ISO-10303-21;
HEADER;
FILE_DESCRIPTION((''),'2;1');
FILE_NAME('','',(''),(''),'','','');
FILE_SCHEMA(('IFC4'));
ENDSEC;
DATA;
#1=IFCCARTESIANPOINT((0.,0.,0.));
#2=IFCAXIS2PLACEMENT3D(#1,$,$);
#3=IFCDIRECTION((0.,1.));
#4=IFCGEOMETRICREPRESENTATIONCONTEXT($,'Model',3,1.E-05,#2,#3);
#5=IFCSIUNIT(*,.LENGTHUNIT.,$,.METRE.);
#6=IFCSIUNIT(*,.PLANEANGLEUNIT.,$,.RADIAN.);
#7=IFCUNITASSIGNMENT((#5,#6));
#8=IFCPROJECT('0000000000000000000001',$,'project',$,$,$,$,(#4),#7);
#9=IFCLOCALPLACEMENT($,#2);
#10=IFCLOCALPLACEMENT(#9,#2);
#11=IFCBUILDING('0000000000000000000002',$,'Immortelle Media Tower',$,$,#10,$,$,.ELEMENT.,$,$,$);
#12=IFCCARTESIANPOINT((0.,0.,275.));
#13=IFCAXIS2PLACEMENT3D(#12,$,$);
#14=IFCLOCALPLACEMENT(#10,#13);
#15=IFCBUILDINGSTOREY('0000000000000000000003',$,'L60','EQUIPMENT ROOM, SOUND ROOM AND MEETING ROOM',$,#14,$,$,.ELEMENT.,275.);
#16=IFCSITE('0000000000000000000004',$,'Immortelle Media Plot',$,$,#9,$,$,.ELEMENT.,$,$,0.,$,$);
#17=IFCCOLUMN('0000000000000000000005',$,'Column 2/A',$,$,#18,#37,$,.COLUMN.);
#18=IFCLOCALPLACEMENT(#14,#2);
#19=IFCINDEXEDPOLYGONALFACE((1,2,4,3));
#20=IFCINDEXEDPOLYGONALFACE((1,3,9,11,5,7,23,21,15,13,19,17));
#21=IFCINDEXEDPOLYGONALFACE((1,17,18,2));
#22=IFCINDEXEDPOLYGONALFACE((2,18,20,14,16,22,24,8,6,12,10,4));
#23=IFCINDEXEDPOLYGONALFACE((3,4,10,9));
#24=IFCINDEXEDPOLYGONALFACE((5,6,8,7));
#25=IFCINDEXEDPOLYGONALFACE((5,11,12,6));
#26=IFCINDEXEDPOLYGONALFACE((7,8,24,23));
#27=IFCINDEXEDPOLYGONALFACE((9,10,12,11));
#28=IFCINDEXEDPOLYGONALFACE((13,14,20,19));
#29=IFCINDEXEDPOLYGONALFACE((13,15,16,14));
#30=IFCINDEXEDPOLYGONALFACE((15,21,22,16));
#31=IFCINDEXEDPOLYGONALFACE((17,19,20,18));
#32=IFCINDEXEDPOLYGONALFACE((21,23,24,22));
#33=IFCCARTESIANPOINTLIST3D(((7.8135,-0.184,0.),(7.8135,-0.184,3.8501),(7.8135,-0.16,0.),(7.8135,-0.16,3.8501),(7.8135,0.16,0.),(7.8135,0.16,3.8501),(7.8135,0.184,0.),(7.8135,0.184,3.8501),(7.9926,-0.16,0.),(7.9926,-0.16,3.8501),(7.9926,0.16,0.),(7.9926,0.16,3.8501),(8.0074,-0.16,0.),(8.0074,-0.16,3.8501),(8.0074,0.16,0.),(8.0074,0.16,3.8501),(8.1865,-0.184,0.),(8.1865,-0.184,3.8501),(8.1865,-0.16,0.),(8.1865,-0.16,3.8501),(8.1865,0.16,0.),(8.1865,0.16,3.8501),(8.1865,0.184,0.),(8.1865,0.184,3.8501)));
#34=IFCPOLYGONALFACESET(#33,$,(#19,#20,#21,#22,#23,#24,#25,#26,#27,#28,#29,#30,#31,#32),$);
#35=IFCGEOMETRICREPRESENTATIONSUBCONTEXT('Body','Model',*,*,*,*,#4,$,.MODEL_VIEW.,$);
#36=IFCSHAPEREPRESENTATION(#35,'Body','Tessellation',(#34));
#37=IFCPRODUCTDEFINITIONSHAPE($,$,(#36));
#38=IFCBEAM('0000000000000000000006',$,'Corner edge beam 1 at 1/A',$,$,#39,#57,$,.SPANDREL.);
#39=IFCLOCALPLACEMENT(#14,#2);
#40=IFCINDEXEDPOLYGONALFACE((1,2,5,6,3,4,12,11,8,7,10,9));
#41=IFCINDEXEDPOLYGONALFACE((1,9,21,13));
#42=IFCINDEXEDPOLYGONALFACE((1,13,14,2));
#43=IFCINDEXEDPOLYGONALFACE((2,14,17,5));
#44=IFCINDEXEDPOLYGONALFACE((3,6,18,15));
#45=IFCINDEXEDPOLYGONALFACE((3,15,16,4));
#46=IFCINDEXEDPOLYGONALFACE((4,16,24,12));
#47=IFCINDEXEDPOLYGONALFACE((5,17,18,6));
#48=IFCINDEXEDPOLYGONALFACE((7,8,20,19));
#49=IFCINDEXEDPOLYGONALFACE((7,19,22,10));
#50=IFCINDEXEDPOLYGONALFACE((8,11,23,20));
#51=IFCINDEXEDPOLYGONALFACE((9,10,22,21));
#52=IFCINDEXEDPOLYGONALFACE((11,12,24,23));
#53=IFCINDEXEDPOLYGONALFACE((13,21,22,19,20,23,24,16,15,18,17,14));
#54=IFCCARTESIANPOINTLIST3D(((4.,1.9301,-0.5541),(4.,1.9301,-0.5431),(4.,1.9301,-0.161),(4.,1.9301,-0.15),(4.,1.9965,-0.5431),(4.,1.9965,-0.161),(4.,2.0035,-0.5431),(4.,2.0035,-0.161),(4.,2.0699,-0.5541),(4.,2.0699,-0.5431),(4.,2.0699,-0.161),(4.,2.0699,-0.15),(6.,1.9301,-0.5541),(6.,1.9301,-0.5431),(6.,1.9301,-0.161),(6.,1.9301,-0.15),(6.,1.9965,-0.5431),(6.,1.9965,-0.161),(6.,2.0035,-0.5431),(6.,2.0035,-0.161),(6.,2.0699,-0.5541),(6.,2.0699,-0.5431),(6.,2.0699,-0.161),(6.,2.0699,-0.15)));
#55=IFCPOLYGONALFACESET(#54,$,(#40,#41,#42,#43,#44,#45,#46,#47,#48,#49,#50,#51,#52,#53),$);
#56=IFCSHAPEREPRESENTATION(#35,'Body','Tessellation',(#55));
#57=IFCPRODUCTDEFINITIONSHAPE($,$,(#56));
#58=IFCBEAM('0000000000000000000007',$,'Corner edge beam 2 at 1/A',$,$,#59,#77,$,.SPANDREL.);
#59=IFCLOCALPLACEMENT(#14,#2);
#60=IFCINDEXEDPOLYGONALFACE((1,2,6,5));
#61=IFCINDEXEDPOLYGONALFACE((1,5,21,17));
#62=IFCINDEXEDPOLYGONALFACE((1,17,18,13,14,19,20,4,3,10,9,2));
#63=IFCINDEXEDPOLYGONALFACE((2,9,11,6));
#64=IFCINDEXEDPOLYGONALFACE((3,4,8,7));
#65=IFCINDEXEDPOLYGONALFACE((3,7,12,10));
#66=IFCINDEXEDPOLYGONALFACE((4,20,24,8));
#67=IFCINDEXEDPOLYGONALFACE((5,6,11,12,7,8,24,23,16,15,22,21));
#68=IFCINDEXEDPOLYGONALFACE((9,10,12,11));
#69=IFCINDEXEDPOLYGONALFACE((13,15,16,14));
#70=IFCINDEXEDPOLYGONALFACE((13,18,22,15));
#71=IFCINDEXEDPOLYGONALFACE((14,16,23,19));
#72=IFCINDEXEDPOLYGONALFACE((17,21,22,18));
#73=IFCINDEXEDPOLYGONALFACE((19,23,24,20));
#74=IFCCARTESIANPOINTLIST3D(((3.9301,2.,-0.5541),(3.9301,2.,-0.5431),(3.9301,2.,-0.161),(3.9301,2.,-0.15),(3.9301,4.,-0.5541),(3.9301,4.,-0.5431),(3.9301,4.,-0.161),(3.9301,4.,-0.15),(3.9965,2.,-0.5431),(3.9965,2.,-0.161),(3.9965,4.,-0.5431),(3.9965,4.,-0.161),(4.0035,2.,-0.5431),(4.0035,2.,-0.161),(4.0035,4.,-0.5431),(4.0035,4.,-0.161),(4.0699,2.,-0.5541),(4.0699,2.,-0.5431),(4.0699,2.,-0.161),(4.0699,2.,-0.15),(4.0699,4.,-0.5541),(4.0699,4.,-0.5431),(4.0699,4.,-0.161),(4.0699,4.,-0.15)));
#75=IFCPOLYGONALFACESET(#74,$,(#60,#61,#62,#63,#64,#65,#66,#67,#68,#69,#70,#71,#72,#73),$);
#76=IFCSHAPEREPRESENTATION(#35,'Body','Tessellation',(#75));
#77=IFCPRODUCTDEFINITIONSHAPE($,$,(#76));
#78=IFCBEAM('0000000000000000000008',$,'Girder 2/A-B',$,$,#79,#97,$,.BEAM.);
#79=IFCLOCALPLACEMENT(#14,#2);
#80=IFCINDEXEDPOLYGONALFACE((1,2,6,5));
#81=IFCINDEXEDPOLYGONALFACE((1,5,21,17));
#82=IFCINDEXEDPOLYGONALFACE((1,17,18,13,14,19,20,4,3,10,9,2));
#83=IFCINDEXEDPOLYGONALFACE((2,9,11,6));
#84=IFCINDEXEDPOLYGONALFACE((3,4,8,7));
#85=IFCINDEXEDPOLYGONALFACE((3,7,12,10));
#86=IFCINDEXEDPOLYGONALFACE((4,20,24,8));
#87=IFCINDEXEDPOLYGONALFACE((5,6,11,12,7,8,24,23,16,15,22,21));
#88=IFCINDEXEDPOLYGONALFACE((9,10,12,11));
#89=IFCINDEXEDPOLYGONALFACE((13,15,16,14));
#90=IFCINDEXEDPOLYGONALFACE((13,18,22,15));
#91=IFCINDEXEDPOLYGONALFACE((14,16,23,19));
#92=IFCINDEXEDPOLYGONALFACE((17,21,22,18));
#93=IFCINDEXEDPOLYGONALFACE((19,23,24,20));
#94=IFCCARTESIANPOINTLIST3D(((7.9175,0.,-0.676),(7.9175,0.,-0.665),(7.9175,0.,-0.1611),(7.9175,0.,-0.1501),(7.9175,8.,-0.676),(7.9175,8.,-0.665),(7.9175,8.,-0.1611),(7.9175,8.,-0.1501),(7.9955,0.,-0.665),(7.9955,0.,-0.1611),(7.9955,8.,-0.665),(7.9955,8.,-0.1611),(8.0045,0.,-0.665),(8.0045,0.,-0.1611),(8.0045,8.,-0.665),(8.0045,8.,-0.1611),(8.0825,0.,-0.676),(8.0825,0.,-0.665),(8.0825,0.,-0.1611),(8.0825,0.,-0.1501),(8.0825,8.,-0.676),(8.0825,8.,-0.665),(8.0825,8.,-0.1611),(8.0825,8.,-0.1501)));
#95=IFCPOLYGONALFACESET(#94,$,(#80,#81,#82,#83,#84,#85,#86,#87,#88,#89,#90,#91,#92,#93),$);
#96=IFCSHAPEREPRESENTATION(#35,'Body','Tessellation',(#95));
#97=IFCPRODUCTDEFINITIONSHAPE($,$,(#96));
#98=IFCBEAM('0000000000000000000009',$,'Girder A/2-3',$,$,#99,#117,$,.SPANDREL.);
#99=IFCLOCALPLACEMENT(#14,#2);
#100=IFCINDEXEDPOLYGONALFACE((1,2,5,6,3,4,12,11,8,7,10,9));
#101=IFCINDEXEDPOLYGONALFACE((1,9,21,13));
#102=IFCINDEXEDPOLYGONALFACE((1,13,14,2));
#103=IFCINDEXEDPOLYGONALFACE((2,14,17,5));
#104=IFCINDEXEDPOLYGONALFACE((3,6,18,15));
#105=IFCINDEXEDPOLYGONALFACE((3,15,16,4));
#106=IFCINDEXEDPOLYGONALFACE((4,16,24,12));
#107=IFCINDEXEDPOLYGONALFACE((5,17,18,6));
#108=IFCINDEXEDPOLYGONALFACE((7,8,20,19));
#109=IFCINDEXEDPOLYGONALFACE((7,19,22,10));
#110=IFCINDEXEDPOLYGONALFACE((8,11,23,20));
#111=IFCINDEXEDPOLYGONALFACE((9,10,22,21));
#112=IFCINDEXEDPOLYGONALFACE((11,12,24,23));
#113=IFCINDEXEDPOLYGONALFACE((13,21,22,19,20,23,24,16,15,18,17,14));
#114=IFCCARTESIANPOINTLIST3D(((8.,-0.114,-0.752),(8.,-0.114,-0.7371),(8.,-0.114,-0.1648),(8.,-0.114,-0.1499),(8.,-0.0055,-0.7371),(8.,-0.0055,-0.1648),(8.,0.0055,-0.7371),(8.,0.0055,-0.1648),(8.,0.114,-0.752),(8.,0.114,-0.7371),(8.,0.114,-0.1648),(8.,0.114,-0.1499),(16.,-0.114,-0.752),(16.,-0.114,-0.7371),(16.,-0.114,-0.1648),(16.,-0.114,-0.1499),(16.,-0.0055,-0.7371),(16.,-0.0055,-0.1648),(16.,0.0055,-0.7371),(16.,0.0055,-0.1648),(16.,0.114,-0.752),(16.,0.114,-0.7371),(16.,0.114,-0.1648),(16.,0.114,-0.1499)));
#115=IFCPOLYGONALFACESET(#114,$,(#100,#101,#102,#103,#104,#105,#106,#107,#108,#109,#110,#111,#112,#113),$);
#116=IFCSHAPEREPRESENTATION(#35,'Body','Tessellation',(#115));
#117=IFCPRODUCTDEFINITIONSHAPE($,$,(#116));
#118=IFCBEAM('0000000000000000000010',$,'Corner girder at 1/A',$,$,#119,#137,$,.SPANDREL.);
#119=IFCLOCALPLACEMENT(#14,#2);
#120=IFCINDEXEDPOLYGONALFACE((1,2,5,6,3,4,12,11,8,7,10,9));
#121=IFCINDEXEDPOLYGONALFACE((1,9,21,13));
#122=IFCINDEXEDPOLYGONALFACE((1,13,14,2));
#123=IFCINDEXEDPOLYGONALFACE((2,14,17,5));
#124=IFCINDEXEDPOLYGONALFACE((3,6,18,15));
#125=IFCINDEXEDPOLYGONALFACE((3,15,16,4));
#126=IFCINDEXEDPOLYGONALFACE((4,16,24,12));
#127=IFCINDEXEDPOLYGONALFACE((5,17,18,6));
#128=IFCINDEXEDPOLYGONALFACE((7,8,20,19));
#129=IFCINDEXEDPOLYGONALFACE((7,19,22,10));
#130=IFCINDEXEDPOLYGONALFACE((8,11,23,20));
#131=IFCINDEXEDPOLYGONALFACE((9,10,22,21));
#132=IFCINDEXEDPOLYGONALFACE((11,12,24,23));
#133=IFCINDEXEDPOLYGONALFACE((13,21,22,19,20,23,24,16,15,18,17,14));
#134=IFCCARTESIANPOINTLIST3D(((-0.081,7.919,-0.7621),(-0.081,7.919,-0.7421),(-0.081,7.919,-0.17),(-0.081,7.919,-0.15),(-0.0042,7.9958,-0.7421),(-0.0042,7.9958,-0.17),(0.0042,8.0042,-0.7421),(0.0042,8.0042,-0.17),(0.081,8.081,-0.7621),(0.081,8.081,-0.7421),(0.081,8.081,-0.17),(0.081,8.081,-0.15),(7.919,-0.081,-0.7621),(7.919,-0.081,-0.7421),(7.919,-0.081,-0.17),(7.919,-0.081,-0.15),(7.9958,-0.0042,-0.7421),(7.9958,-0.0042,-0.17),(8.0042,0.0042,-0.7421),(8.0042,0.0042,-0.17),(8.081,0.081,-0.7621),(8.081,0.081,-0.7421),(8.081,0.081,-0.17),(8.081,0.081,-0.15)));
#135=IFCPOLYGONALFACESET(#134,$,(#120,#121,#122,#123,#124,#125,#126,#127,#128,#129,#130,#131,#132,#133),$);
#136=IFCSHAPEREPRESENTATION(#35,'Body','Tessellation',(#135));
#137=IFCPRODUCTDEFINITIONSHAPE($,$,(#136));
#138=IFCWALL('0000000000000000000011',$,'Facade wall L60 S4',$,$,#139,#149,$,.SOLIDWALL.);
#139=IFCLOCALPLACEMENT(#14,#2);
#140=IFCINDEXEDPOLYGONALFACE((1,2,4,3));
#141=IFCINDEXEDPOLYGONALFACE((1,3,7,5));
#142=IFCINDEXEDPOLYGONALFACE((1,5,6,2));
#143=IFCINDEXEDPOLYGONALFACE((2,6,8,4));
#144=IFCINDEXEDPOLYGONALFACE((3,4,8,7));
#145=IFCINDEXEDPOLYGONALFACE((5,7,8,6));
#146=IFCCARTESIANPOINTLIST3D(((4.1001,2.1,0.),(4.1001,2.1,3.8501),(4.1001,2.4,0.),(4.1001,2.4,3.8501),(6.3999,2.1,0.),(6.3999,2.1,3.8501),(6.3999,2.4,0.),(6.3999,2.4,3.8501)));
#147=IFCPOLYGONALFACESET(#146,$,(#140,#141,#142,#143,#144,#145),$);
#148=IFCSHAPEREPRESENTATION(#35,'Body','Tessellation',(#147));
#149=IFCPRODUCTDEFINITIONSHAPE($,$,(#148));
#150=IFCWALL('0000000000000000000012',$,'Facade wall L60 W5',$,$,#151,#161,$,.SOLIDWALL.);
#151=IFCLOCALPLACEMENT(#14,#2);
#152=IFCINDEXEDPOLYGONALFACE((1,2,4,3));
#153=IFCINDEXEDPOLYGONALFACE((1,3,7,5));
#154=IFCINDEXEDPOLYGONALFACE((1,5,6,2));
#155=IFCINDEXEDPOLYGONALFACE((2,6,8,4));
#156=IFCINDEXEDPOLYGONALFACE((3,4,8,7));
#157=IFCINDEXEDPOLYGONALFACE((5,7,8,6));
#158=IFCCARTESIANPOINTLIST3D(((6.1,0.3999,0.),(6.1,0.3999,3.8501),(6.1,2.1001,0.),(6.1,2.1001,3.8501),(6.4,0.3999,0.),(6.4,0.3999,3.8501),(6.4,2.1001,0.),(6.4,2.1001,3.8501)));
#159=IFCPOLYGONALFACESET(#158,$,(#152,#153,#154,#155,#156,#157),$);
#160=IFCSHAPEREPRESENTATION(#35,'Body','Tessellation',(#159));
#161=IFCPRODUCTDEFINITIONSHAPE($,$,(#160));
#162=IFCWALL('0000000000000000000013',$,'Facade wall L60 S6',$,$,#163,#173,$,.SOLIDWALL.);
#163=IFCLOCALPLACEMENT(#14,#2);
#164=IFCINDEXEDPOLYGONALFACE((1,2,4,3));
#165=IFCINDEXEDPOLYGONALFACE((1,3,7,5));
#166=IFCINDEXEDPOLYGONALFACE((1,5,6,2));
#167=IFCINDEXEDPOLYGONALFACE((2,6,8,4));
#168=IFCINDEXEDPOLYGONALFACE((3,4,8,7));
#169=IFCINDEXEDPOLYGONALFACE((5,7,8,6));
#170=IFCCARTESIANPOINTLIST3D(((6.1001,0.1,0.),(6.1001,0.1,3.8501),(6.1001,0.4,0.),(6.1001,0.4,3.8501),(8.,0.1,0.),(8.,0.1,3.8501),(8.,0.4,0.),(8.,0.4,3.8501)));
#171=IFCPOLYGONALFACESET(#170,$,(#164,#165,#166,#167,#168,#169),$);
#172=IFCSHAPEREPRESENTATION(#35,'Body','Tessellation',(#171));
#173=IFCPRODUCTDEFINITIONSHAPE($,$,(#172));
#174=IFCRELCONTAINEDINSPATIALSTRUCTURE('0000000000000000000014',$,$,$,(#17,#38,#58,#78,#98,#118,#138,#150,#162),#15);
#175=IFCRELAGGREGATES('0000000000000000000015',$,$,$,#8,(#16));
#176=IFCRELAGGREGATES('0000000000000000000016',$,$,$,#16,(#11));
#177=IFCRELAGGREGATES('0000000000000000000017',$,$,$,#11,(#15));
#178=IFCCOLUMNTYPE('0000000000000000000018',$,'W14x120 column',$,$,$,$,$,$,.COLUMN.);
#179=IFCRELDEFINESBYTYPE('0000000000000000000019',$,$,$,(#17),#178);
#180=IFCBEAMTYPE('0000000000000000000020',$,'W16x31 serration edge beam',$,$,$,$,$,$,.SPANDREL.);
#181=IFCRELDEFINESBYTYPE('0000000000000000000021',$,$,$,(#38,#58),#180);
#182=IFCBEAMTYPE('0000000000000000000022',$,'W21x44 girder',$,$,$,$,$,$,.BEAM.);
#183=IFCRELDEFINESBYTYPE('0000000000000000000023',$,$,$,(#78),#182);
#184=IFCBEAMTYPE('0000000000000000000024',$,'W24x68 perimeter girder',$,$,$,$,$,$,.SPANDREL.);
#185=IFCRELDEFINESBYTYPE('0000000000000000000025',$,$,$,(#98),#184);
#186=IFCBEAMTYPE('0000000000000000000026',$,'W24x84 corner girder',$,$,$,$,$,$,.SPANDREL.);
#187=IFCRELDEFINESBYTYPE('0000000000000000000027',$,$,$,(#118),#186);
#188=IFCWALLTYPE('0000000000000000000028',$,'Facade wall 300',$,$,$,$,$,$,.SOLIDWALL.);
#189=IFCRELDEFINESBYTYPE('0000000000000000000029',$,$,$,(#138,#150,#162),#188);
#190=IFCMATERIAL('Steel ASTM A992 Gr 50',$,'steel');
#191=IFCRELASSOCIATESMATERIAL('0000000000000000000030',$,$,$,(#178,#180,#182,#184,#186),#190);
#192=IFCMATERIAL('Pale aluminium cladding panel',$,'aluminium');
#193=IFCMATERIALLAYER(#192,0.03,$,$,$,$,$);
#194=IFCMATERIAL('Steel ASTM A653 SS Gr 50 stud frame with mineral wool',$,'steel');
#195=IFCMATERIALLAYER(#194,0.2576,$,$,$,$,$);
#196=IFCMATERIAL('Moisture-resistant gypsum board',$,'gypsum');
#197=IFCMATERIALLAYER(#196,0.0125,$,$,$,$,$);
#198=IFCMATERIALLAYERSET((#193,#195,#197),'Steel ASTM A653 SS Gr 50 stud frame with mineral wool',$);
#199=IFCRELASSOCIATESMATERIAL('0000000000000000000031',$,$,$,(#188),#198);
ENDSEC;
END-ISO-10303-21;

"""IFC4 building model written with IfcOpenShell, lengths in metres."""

from ifc_helpers import new_model, si_unit, direction, frame, frame_2d, origin, origin_2d, place, context, subcontext, project, spatial, rectangle, i_section, extrude, material, layer, layer_set, material_profile, profile_set, type_object, element, save


model = new_model("IFC4")

# Units and contexts
model_context = context("Model", 3, precision=1e-05, world=origin(), true_north=direction((0.0, 1.0)))
body_context = subcontext(model_context, "Body", "Model", "MODEL_VIEW")
ifc_project = project(units=[si_unit("LENGTHUNIT", "METRE"), si_unit("PLANEANGLEUNIT", "RADIAN")], contexts=[model_context])

# Site, building, storey
site_placement = place(None, origin())
site = spatial("IfcSite", under=ifc_project, at=site_placement, Name="Immortelle Media Plot", CompositionType="ELEMENT", RefElevation=0.0)
building_placement = place(site_placement, origin())
building = spatial("IfcBuilding", under=site, at=building_placement, Name="Immortelle Media Tower", CompositionType="ELEMENT")
storey_placement = place(building_placement, frame((0.0, 0.0, 275.0)))
storey = spatial("IfcBuildingStorey", under=building, at=storey_placement, Name="L60", Description="EQUIPMENT ROOM, SOUND ROOM AND MEETING ROOM", CompositionType="ELEMENT", Elevation=275.0)

# Column
ifc_material_1 = material(Name="Steel ASTM A992 Gr 50", Category="steel")
ifc_material_profile_1 = material_profile(ifc_material_1, i_section(OverallWidth=0.373, OverallDepth=0.3679, WebThickness=0.0149, FlangeThickness=0.0239, at=origin_2d()), Name="W14x120")
ifc_profile_set_1 = profile_set([ifc_material_profile_1], Name="Steel ASTM A992 Gr 50")
column_type = type_object("IfcColumnType", Name="W14x120 column", PredefinedType="COLUMN", material=ifc_profile_set_1)
column_placement = place(storey_placement, frame((8.0, 0.0, 0.0), z_axis=(0.0, 0.0, 1.0), x_axis=(1.0, 0.0, 0.0)))
element("IfcColumn", 1, at=column_placement, inside=storey, type_object=column_type, Name="Column 2/A", PredefinedType="COLUMN", context=body_context, shape_type="SweptSolid", body=[
    extrude(i_section(OverallWidth=0.373, OverallDepth=0.3679, WebThickness=0.0149, FlangeThickness=0.0239, at=origin_2d()), origin(), (0.0, 0.0, 1.0), 3.8501),
])

# Beams
ifc_material_profile_2 = material_profile(ifc_material_1, i_section(OverallWidth=0.1399, OverallDepth=0.4041, WebThickness=0.0071, FlangeThickness=0.011, at=origin_2d()), Name="W16x31")
ifc_profile_set_2 = profile_set([ifc_material_profile_2], Name="Steel ASTM A992 Gr 50")
beam_type_1 = type_object("IfcBeamType", Name="W16x31 serration edge beam", PredefinedType="SPANDREL", material=ifc_profile_set_2)
for number, where, z_axis, x_axis, name in (
    (2, (6.0, 2.0, -0.3521), (-1.0, 0.0, 0.0), (0.0, -1.0, 0.0), "Corner edge beam 1 at 1/A"),
    (3, (4.0, 2.0, -0.3521), (0.0, 1.0, 0.0), (-1.0, 0.0, 0.0), "Corner edge beam 2 at 1/A"),
):
    element("IfcBeam", number, at=place(storey_placement, frame(where, z_axis=z_axis, x_axis=x_axis)), inside=storey, type_object=beam_type_1, Name=name, PredefinedType="SPANDREL", context=body_context, shape_type="SweptSolid", body=[
        extrude(i_section(OverallWidth=0.1399, OverallDepth=0.4041, WebThickness=0.0071, FlangeThickness=0.011, at=origin_2d()), origin(), (0.0, 0.0, 1.0), 2.0),
    ])
ifc_material_profile_3 = material_profile(ifc_material_1, i_section(OverallWidth=0.165, OverallDepth=0.5259, WebThickness=0.009, FlangeThickness=0.011, at=origin_2d()), Name="W21x44")
ifc_profile_set_3 = profile_set([ifc_material_profile_3], Name="Steel ASTM A992 Gr 50")
beam_type_2 = type_object("IfcBeamType", Name="W21x44 girder", PredefinedType="BEAM", material=ifc_profile_set_3)
beam_1_placement = place(storey_placement, frame((8.0, 0.0, -0.4131), z_axis=(0.0, 1.0, 0.0), x_axis=(-1.0, 0.0, 0.0)))
element("IfcBeam", 4, at=beam_1_placement, inside=storey, type_object=beam_type_2, Name="Girder 2/A-B", PredefinedType="BEAM", context=body_context, shape_type="SweptSolid", body=[
    extrude(i_section(OverallWidth=0.165, OverallDepth=0.5259, WebThickness=0.009, FlangeThickness=0.011, at=origin_2d()), origin(), (0.0, 0.0, 1.0), 8.0),
])
ifc_material_profile_4 = material_profile(ifc_material_1, i_section(OverallWidth=0.228, OverallDepth=0.6021, WebThickness=0.011, FlangeThickness=0.0149, at=origin_2d()), Name="W24x68")
ifc_profile_set_4 = profile_set([ifc_material_profile_4], Name="Steel ASTM A992 Gr 50")
beam_type_3 = type_object("IfcBeamType", Name="W24x68 perimeter girder", PredefinedType="SPANDREL", material=ifc_profile_set_4)
beam_2_placement = place(storey_placement, frame((8.0, 0.0, -0.4509), z_axis=(1.0, 0.0, 0.0), x_axis=(0.0, 1.0, 0.0)))
element("IfcBeam", 5, at=beam_2_placement, inside=storey, type_object=beam_type_3, Name="Girder A/2-3", PredefinedType="SPANDREL", context=body_context, shape_type="SweptSolid", body=[
    extrude(i_section(OverallWidth=0.228, OverallDepth=0.6021, WebThickness=0.011, FlangeThickness=0.0149, at=origin_2d()), origin(), (0.0, 0.0, 1.0), 8.0),
])
ifc_material_profile_5 = material_profile(ifc_material_1, i_section(OverallWidth=0.229, OverallDepth=0.6121, WebThickness=0.012, FlangeThickness=0.02, at=origin_2d()), Name="W24x84")
ifc_profile_set_5 = profile_set([ifc_material_profile_5], Name="Steel ASTM A992 Gr 50")
beam_type_4 = type_object("IfcBeamType", Name="W24x84 corner girder", PredefinedType="SPANDREL", material=ifc_profile_set_5)
beam_3_placement = place(storey_placement, frame((8.0, 0.0, -0.4561), z_axis=(-0.707107, 0.707107, 0.0), x_axis=(-0.707107, -0.707107, 0.0)))
element("IfcBeam", 6, at=beam_3_placement, inside=storey, type_object=beam_type_4, Name="Corner girder at 1/A", PredefinedType="SPANDREL", context=body_context, shape_type="SweptSolid", body=[
    extrude(i_section(OverallWidth=0.229, OverallDepth=0.6121, WebThickness=0.012, FlangeThickness=0.02, at=origin_2d()), origin(), (0.0, 0.0, 1.0), 11.3137),
])

# Walls
ifc_material_2 = material(Name="Pale aluminium cladding panel", Category="aluminium")
ifc_layer_1 = layer(ifc_material_2, 0.03)
ifc_material_3 = material(Name="Steel ASTM A653 SS Gr 50 stud frame with mineral wool", Category="steel")
ifc_layer_2 = layer(ifc_material_3, 0.2576)
ifc_material_4 = material(Name="Moisture-resistant gypsum board", Category="gypsum")
ifc_layer_3 = layer(ifc_material_4, 0.0125)
ifc_layer_set = layer_set([ifc_layer_1, ifc_layer_2, ifc_layer_3], Name="Steel ASTM A653 SS Gr 50 stud frame with mineral wool")
wall_type = type_object("IfcWallType", Name="Facade wall 300", PredefinedType="SOLIDWALL", material=ifc_layer_set)
wall_1_placement = place(storey_placement, frame((4.1001, 2.25, 0.0), z_axis=(0.0, 0.0, 1.0), x_axis=(1.0, 0.0, 0.0)))
element("IfcWall", 7, at=wall_1_placement, inside=storey, type_object=wall_type, Name="Facade wall L60 S4", PredefinedType="SOLIDWALL", context=body_context, shape_type="SweptSolid", body=[
    extrude(rectangle(XDim=2.2998, YDim=0.3, at=frame_2d((1.1499, 0.0))), origin(), (0.0, 0.0, 1.0), 3.8501),
])
wall_2_placement = place(storey_placement, frame((6.25, 2.1001, 0.0), z_axis=(0.0, 0.0, 1.0), x_axis=(0.0, -1.0, 0.0)))
element("IfcWall", 8, at=wall_2_placement, inside=storey, type_object=wall_type, Name="Facade wall L60 W5", PredefinedType="SOLIDWALL", context=body_context, shape_type="SweptSolid", body=[
    extrude(rectangle(XDim=1.7002, YDim=0.3, at=frame_2d((0.8501, 0.0))), origin(), (0.0, 0.0, 1.0), 3.8501),
])
wall_3_placement = place(storey_placement, frame((6.1001, 0.25, 0.0), z_axis=(0.0, 0.0, 1.0), x_axis=(1.0, 0.0, 0.0)))
element("IfcWall", 9, at=wall_3_placement, inside=storey, type_object=wall_type, Name="Facade wall L60 S6", PredefinedType="SOLIDWALL", context=body_context, shape_type="SweptSolid", body=[
    extrude(rectangle(XDim=1.8999, YDim=0.3, at=frame_2d((0.95, 0.0))), origin(), (0.0, 0.0, 1.0), 3.8501),
])

save(model, "model.ifc")
